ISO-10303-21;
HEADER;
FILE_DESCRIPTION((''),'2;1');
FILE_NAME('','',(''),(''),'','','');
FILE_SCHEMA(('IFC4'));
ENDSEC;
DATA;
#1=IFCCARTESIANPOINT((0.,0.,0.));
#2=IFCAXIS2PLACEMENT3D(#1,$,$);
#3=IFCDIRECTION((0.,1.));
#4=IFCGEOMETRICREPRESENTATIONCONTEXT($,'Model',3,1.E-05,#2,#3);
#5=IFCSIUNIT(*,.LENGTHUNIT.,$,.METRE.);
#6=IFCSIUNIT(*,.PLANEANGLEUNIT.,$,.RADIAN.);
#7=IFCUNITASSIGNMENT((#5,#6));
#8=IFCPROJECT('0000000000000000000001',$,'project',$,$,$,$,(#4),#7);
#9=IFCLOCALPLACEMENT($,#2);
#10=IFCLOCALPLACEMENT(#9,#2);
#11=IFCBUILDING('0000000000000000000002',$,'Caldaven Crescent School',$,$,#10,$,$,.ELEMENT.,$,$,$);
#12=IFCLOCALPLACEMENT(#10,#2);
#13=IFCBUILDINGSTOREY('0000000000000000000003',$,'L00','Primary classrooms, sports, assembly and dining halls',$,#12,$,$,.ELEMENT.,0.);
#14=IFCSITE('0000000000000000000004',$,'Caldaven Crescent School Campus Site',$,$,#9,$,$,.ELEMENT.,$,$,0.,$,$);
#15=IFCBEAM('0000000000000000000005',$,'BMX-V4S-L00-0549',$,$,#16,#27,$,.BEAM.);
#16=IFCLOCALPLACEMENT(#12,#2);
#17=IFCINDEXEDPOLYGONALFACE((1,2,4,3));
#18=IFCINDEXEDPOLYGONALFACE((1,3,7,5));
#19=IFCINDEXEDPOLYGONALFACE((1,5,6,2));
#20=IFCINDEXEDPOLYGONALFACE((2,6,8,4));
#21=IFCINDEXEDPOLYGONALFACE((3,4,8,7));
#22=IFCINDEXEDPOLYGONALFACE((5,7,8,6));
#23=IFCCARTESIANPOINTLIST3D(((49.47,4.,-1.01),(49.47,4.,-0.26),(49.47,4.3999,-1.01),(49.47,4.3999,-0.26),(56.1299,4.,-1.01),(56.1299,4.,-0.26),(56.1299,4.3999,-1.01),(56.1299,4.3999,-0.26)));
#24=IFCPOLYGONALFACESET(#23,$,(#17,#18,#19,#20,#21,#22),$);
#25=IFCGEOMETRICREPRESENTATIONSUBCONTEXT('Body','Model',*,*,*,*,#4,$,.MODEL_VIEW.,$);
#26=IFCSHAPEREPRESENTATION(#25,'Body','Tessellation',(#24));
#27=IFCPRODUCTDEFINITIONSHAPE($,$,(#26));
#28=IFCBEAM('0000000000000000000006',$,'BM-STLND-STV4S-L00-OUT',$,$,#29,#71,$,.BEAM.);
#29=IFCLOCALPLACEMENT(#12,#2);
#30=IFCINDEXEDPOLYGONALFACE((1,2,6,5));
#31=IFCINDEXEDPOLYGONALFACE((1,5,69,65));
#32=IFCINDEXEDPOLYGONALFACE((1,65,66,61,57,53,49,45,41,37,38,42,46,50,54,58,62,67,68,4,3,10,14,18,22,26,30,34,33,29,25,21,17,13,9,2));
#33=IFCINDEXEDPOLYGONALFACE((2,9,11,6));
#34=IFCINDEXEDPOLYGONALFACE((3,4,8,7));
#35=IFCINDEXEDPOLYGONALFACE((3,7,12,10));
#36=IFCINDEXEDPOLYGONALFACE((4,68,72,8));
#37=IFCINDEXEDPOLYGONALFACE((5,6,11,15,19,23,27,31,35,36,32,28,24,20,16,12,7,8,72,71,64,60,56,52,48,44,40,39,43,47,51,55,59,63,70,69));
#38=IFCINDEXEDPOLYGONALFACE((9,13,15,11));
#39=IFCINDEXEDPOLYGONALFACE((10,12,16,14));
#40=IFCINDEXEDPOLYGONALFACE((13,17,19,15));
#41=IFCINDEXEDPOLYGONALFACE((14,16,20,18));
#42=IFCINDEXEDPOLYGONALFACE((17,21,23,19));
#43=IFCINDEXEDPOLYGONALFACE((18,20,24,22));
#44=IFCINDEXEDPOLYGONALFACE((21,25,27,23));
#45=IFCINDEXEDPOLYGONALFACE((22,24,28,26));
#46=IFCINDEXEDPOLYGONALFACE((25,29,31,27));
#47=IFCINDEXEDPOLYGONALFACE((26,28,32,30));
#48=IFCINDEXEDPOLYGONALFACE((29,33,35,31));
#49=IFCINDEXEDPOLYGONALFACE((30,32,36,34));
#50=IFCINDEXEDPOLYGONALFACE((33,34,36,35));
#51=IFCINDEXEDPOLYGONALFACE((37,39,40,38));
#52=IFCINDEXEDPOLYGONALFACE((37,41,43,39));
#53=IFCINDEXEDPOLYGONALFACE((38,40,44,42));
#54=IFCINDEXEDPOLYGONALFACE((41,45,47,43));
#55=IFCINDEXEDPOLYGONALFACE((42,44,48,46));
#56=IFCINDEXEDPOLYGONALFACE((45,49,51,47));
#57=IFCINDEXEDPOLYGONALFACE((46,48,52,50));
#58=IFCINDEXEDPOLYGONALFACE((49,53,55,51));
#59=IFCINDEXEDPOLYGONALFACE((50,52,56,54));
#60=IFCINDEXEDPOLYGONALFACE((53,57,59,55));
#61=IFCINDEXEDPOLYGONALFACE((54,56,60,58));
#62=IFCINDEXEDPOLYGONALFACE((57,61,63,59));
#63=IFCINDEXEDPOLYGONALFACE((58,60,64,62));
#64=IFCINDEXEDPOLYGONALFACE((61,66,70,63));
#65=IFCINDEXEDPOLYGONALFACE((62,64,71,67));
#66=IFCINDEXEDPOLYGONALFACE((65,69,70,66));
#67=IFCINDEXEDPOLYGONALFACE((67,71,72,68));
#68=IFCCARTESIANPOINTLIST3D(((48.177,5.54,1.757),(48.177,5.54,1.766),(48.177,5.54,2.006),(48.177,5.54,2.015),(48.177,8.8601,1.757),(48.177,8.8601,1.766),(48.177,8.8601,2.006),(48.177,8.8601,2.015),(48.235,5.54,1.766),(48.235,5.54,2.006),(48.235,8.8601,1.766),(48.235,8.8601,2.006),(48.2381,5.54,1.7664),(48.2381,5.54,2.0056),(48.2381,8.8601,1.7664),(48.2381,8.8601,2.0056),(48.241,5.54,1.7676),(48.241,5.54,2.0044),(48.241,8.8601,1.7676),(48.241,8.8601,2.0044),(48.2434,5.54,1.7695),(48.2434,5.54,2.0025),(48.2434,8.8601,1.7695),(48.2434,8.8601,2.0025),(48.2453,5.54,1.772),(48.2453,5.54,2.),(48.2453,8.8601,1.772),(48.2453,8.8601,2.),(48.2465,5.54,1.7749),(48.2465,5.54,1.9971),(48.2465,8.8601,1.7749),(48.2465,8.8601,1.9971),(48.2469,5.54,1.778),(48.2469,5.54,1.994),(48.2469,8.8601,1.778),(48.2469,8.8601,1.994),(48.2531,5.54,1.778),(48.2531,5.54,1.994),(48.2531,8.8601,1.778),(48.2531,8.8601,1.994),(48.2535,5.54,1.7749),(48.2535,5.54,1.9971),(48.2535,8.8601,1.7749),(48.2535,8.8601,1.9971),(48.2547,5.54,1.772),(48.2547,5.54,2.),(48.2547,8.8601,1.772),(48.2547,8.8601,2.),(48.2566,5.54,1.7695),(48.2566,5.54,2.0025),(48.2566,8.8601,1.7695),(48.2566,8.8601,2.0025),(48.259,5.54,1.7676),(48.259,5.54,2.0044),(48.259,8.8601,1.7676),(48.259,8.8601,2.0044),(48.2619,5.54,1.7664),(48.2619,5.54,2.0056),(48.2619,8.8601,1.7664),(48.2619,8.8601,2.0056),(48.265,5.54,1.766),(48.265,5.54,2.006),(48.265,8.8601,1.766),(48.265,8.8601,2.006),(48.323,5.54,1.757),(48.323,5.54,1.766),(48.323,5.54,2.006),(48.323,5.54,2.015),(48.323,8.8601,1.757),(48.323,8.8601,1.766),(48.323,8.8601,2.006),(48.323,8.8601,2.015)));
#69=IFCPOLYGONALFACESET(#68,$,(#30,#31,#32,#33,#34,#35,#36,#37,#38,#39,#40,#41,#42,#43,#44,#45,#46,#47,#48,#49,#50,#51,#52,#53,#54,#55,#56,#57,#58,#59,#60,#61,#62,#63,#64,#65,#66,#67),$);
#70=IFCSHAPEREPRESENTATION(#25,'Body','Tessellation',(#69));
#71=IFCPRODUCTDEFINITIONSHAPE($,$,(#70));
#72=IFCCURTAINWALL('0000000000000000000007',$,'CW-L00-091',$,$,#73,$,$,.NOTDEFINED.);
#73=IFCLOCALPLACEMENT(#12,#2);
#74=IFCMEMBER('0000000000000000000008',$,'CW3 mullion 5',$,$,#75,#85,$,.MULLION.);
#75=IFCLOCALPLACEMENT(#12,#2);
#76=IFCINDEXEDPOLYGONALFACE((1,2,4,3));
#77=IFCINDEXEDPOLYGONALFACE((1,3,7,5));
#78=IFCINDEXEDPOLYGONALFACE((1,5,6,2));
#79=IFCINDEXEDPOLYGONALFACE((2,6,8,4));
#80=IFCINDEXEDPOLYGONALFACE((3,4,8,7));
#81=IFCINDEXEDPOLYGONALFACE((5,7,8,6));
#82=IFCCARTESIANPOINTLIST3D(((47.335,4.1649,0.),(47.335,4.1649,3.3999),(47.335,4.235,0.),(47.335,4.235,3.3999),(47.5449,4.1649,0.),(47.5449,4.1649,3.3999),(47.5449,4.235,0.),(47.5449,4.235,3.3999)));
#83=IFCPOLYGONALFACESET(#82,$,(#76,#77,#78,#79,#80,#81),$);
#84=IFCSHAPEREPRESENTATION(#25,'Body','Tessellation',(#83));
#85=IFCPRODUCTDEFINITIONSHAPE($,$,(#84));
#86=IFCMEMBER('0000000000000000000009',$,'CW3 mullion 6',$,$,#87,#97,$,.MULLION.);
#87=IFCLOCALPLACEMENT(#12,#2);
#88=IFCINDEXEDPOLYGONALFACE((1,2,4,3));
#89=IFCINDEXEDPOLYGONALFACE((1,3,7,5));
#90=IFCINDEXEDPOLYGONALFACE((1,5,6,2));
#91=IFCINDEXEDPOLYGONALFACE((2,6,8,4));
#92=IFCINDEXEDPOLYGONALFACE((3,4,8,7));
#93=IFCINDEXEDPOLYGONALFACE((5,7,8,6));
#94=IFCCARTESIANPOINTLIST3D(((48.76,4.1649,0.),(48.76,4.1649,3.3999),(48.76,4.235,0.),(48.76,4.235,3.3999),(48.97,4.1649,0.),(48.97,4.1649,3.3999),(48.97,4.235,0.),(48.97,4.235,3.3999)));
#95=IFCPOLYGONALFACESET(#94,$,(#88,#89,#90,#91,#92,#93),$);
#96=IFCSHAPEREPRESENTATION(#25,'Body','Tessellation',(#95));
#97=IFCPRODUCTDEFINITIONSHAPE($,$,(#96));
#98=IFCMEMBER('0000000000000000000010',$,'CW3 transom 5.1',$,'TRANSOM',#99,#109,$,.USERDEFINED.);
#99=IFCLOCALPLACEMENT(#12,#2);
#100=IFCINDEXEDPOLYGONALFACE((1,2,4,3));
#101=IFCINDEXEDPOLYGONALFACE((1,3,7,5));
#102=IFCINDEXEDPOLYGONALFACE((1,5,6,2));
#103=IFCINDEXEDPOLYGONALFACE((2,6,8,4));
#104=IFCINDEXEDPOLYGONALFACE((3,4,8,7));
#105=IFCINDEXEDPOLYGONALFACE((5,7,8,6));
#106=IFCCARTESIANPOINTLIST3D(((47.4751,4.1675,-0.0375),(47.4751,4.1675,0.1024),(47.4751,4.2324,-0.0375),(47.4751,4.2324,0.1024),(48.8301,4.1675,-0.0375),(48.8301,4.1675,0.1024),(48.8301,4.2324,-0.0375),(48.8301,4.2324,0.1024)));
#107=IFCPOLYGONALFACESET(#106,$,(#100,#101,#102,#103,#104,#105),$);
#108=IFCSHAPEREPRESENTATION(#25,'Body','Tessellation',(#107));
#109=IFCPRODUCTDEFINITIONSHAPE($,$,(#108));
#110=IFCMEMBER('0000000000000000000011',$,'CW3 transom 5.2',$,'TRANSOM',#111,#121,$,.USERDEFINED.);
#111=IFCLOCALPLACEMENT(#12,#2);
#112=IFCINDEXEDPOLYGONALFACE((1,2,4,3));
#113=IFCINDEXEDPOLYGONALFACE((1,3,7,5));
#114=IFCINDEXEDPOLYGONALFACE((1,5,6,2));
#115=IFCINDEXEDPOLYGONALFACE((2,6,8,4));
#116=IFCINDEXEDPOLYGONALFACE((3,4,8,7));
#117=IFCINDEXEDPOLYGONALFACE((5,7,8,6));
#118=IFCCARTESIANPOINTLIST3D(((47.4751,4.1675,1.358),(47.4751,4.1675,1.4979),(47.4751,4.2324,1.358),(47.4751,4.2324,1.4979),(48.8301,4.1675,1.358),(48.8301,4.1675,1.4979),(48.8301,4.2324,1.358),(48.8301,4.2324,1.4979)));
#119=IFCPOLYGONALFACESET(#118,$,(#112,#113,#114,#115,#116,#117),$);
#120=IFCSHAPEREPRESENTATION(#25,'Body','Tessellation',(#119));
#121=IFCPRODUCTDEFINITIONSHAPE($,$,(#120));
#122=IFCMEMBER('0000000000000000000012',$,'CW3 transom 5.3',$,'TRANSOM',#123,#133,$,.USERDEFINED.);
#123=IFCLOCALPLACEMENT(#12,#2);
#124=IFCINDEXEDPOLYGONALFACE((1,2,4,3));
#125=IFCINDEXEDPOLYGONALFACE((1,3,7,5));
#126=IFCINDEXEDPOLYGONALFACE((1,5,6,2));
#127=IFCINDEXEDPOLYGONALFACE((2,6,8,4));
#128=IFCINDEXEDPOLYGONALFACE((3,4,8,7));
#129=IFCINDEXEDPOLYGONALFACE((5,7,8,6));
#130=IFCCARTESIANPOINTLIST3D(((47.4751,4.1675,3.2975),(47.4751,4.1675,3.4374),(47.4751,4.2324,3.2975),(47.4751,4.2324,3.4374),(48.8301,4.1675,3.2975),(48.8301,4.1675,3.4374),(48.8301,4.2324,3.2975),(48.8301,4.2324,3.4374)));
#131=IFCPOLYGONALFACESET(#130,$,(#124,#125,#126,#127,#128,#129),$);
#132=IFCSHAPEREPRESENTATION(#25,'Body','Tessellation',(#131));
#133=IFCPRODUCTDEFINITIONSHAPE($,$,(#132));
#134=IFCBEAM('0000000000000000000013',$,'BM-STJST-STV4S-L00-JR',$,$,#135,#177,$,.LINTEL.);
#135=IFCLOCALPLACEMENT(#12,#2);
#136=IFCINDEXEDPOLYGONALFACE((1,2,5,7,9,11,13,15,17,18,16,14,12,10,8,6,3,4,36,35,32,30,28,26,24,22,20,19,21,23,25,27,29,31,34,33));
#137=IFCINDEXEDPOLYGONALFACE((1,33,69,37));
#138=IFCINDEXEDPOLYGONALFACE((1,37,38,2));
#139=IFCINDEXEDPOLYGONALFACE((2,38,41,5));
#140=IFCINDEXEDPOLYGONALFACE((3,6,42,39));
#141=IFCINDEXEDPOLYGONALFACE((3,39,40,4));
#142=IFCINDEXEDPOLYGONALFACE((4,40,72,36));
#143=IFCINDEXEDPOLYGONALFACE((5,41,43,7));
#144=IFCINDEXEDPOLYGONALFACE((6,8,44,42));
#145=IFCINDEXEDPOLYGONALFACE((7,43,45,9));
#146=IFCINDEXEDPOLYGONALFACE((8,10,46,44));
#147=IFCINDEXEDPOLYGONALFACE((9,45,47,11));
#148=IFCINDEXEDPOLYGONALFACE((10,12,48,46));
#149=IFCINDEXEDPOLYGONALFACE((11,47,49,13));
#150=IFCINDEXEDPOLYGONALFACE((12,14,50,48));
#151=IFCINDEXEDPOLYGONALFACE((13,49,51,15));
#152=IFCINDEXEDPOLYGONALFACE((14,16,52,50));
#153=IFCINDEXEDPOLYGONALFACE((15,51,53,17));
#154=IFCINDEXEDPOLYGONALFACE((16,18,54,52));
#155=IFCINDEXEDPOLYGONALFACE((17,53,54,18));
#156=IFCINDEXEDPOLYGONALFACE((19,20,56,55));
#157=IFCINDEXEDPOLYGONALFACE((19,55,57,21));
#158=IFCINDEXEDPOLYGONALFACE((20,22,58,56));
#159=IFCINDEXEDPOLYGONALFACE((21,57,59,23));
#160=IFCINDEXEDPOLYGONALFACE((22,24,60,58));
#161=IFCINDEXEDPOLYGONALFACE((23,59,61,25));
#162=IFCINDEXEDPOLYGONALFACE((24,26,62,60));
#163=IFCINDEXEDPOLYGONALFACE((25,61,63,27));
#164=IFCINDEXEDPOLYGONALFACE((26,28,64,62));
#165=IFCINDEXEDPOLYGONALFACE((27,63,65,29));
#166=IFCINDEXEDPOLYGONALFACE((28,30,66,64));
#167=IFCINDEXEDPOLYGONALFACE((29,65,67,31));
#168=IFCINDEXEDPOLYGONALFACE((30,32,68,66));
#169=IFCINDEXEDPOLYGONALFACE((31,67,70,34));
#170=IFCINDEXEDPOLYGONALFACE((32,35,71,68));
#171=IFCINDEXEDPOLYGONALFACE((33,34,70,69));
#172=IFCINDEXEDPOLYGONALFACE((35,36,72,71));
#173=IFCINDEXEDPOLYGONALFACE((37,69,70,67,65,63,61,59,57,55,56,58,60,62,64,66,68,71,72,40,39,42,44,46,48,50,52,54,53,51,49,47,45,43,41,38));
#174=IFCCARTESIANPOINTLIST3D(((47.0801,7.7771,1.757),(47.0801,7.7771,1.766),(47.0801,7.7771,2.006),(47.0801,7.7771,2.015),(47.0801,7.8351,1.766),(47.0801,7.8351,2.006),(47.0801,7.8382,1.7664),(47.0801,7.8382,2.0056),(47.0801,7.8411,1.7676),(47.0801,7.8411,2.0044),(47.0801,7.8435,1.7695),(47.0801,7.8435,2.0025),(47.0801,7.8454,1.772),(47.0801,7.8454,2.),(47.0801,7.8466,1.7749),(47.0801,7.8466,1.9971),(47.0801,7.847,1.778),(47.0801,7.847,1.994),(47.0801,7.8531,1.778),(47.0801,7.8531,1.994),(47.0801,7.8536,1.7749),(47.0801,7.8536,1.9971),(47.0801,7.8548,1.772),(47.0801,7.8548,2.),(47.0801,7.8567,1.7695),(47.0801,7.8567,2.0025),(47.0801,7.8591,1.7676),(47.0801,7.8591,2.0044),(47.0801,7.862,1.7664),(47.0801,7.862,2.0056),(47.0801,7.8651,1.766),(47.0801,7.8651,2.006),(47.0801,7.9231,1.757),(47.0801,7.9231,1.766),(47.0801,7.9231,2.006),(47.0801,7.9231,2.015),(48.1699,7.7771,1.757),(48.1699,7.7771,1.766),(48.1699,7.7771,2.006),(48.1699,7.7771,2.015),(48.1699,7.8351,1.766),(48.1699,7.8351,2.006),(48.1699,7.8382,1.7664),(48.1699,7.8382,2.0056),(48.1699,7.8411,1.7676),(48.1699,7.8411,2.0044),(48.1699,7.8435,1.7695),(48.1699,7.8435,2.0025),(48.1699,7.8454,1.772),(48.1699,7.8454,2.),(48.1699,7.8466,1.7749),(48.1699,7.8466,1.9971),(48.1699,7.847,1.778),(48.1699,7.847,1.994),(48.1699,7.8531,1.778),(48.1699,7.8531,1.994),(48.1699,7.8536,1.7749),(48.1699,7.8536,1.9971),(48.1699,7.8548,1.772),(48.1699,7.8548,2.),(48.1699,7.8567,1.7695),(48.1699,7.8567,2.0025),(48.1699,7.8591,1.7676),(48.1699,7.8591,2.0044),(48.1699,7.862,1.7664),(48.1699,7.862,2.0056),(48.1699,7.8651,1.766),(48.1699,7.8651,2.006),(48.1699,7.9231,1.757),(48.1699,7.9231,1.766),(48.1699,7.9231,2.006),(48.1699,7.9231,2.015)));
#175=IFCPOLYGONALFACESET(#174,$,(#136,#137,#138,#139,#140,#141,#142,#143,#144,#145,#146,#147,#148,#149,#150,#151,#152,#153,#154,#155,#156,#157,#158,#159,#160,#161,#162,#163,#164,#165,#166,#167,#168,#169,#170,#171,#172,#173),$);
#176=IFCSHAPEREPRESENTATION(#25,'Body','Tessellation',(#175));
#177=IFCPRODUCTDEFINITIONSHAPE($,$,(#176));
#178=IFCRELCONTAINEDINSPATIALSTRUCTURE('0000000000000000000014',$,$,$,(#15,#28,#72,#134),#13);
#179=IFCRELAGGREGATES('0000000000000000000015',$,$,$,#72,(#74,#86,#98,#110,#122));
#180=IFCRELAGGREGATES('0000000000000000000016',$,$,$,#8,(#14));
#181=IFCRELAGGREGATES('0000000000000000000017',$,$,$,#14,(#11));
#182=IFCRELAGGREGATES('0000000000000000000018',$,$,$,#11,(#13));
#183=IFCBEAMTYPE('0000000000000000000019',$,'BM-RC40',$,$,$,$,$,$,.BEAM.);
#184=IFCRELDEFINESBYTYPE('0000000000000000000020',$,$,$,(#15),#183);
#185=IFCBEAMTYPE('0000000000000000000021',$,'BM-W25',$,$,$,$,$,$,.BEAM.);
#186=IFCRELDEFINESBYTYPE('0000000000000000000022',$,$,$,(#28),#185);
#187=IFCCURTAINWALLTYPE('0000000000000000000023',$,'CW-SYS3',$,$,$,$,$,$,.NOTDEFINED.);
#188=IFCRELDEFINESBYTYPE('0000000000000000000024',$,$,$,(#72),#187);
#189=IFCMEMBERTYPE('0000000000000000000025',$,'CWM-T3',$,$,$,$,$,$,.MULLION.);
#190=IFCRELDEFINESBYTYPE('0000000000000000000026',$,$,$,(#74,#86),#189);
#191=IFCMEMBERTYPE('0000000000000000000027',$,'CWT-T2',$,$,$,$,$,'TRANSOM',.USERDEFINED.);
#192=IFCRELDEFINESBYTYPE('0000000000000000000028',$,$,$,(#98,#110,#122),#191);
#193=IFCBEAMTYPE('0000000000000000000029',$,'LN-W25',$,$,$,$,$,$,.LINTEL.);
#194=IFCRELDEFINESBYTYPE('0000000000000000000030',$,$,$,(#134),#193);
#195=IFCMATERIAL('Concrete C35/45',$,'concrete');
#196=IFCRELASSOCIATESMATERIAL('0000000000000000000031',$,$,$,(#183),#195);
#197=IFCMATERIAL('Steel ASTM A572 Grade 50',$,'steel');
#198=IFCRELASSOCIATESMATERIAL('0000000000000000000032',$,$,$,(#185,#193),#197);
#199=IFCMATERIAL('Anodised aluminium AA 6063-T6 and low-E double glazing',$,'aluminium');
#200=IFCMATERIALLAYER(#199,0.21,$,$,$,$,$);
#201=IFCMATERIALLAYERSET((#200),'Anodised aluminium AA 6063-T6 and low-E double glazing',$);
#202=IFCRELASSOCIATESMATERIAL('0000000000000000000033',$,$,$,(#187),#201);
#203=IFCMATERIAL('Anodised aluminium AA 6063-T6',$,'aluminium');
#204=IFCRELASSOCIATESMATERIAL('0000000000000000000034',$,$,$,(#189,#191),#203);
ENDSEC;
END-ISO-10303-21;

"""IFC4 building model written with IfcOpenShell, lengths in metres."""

from ifc_helpers import new_model, si_unit, direction, frame, origin, origin_2d, place, context, subcontext, project, spatial, rectangle, i_section, extrude, material, layer, layer_set, material_profile, profile_set, type_object, element, aggregate, save


model = new_model("IFC4")

# Units and contexts
model_context = context("Model", 3, precision=1e-05, world=origin(), true_north=direction((0.0, 1.0)))
body_context = subcontext(model_context, "Body", "Model", "MODEL_VIEW")
ifc_project = project(units=[si_unit("LENGTHUNIT", "METRE"), si_unit("PLANEANGLEUNIT", "RADIAN")], contexts=[model_context])

# Site, building, storey
site_placement = place(None, origin())
site = spatial("IfcSite", under=ifc_project, at=site_placement, Name="Caldaven Crescent School Campus Site", CompositionType="ELEMENT", RefElevation=0.0)
building_placement = place(site_placement, origin())
building = spatial("IfcBuilding", under=site, at=building_placement, Name="Caldaven Crescent School", CompositionType="ELEMENT")
storey_placement = place(building_placement, origin())
storey = spatial("IfcBuildingStorey", under=building, at=storey_placement, Name="L00", Description="Primary classrooms, sports, assembly and dining halls", CompositionType="ELEMENT", Elevation=0.0)

# Shared definitions
ifc_material_1 = material(Name="Steel ASTM A572 Grade 50", Category="steel")

# Beams
ifc_material_2 = material(Name="Concrete C35/45", Category="concrete")
ifc_material_profile_1 = material_profile(ifc_material_2, rectangle(XDim=0.3999, YDim=0.75, at=origin_2d()), Name="RC 400x750")
ifc_profile_set_1 = profile_set([ifc_material_profile_1], Name="Concrete C35/45")
beam_type_1 = type_object("IfcBeamType", Name="BM-RC40", PredefinedType="BEAM", material=ifc_profile_set_1)
beam_1_placement = place(storey_placement, frame((49.47, 4.2, -0.635), z_axis=(1.0, 0.0, 0.0), x_axis=(0.0, 1.0, 0.0)))
element("IfcBeam", 1, at=beam_1_placement, inside=storey, type_object=beam_type_1, Name="BMX-V4S-L00-0549", PredefinedType="BEAM", context=body_context, shape_type="SweptSolid", body=[
    extrude(rectangle(XDim=0.3999, YDim=0.75, at=origin_2d()), origin(), (0.0, 0.0, 1.0), 6.6599),
])
ifc_material_profile_2 = material_profile(ifc_material_1, i_section(OverallWidth=0.146, OverallDepth=0.2581, WebThickness=0.0061, FlangeThickness=0.009, FilletRadius=0.012, at=origin_2d()), Name="W250x33")
ifc_profile_set_2 = profile_set([ifc_material_profile_2], Name="Steel ASTM A572 Grade 50")
beam_type_2 = type_object("IfcBeamType", Name="BM-W25", PredefinedType="BEAM", material=ifc_profile_set_2)
beam_2_placement = place(storey_placement, frame((48.25, 5.54, 1.886), z_axis=(0.0, 1.0, 0.0), x_axis=(-1.0, 0.0, 0.0)))
element("IfcBeam", 2, at=beam_2_placement, inside=storey, type_object=beam_type_2, Name="BM-STLND-STV4S-L00-OUT", PredefinedType="BEAM", context=body_context, shape_type="SweptSolid", body=[
    extrude(i_section(OverallWidth=0.146, OverallDepth=0.2581, WebThickness=0.0061, FlangeThickness=0.009, FilletRadius=0.012, at=origin_2d()), origin(), (0.0, 0.0, 1.0), 3.3201),
])

# Curtain wall, members
ifc_material_3 = material(Name="Anodised aluminium AA 6063-T6 and low-E double glazing", Category="aluminium")
ifc_layer_1 = layer(ifc_material_3, 0.21)
ifc_layer_set_1 = layer_set([ifc_layer_1], Name="Anodised aluminium AA 6063-T6 and low-E double glazing")
curtain_wall_type = type_object("IfcCurtainWallType", Name="CW-SYS3", PredefinedType="NOTDEFINED", material=ifc_layer_set_1)
curtain_wall_placement = place(storey_placement, origin())
curtain_wall = element("IfcCurtainWall", 3, at=curtain_wall_placement, inside=storey, type_object=curtain_wall_type, Name="CW-L00-091", PredefinedType="NOTDEFINED")
ifc_material_4 = material(Name="Anodised aluminium AA 6063-T6", Category="aluminium")
ifc_material_profile_3 = material_profile(ifc_material_4, rectangle(XDim=0.0701, YDim=0.21, at=origin_2d()), Name="CWM 70x210")
ifc_profile_set_3 = profile_set([ifc_material_profile_3], Name="Anodised aluminium AA 6063-T6")
member_type_1 = type_object("IfcMemberType", Name="CWM-T3", PredefinedType="MULLION", material=ifc_profile_set_3)
member_1_placement = place(storey_placement, frame((47.4399, 4.2, 0.0), z_axis=(0.0, 0.0, 1.0), x_axis=(0.0, 1.0, 0.0)))
member_1 = element("IfcMember", 4, at=member_1_placement, type_object=member_type_1, Name="CW3 mullion 5", PredefinedType="MULLION", context=body_context, shape_type="SweptSolid", body=[
    extrude(rectangle(XDim=0.0701, YDim=0.21, at=origin_2d()), origin(), (0.0, 0.0, 1.0), 3.3999),
])
member_2_placement = place(storey_placement, frame((48.865, 4.2, 0.0), z_axis=(0.0, 0.0, 1.0), x_axis=(0.0, 1.0, 0.0)))
member_2 = element("IfcMember", 5, at=member_2_placement, type_object=member_type_1, Name="CW3 mullion 6", PredefinedType="MULLION", context=body_context, shape_type="SweptSolid", body=[
    extrude(rectangle(XDim=0.0701, YDim=0.21, at=origin_2d()), origin(), (0.0, 0.0, 1.0), 3.3999),
])
ifc_material_profile_4 = material_profile(ifc_material_4, rectangle(XDim=0.0649, YDim=0.1399, at=origin_2d()), Name="CWT 65x140")
ifc_profile_set_4 = profile_set([ifc_material_profile_4], Name="Anodised aluminium AA 6063-T6")
member_type_2 = type_object("IfcMemberType", Name="CWT-T2", ElementType="TRANSOM", PredefinedType="USERDEFINED", material=ifc_profile_set_4)
member_3_placement = place(storey_placement, frame((47.4751, 4.2, 0.0325), z_axis=(1.0, 0.0, 0.0), x_axis=(0.0, 1.0, 0.0)))
member_3 = element("IfcMember", 6, at=member_3_placement, type_object=member_type_2, Name="CW3 transom 5.1", ObjectType="TRANSOM", PredefinedType="USERDEFINED", context=body_context, shape_type="SweptSolid", body=[
    extrude(rectangle(XDim=0.0649, YDim=0.1399, at=origin_2d()), origin(), (0.0, 0.0, 1.0), 1.355),
])
member_4_placement = place(storey_placement, frame((47.4751, 4.2, 1.428), z_axis=(1.0, 0.0, 0.0), x_axis=(0.0, 1.0, 0.0)))
member_4 = element("IfcMember", 7, at=member_4_placement, type_object=member_type_2, Name="CW3 transom 5.2", ObjectType="TRANSOM", PredefinedType="USERDEFINED", context=body_context, shape_type="SweptSolid", body=[
    extrude(rectangle(XDim=0.0649, YDim=0.1399, at=origin_2d()), origin(), (0.0, 0.0, 1.0), 1.355),
])
member_5_placement = place(storey_placement, frame((47.4751, 4.2, 3.3674), z_axis=(1.0, 0.0, 0.0), x_axis=(0.0, 1.0, 0.0)))
member_5 = element("IfcMember", 8, at=member_5_placement, type_object=member_type_2, Name="CW3 transom 5.3", ObjectType="TRANSOM", PredefinedType="USERDEFINED", context=body_context, shape_type="SweptSolid", body=[
    extrude(rectangle(XDim=0.0649, YDim=0.1399, at=origin_2d()), origin(), (0.0, 0.0, 1.0), 1.355),
])

# Beam
ifc_material_profile_5 = material_profile(ifc_material_1, i_section(OverallWidth=0.146, OverallDepth=0.2581, WebThickness=0.0061, FlangeThickness=0.009, FilletRadius=0.012, at=origin_2d()), Name="W250x33")
ifc_profile_set_5 = profile_set([ifc_material_profile_5], Name="Steel ASTM A572 Grade 50")
beam_type_3 = type_object("IfcBeamType", Name="LN-W25", PredefinedType="LINTEL", material=ifc_profile_set_5)
beam_3_placement = place(storey_placement, frame((47.0801, 7.8501, 1.886), z_axis=(1.0, 0.0, 0.0), x_axis=(0.0, 1.0, 0.0)))
element("IfcBeam", 9, at=beam_3_placement, inside=storey, type_object=beam_type_3, Name="BM-STJST-STV4S-L00-JR", PredefinedType="LINTEL", context=body_context, shape_type="SweptSolid", body=[
    extrude(i_section(OverallWidth=0.146, OverallDepth=0.2581, WebThickness=0.0061, FlangeThickness=0.009, FilletRadius=0.012, at=origin_2d()), origin(), (0.0, 0.0, 1.0), 1.0898),
])

aggregate(curtain_wall, [member_1, member_2, member_3, member_4, member_5])

save(model, "model.ifc")
